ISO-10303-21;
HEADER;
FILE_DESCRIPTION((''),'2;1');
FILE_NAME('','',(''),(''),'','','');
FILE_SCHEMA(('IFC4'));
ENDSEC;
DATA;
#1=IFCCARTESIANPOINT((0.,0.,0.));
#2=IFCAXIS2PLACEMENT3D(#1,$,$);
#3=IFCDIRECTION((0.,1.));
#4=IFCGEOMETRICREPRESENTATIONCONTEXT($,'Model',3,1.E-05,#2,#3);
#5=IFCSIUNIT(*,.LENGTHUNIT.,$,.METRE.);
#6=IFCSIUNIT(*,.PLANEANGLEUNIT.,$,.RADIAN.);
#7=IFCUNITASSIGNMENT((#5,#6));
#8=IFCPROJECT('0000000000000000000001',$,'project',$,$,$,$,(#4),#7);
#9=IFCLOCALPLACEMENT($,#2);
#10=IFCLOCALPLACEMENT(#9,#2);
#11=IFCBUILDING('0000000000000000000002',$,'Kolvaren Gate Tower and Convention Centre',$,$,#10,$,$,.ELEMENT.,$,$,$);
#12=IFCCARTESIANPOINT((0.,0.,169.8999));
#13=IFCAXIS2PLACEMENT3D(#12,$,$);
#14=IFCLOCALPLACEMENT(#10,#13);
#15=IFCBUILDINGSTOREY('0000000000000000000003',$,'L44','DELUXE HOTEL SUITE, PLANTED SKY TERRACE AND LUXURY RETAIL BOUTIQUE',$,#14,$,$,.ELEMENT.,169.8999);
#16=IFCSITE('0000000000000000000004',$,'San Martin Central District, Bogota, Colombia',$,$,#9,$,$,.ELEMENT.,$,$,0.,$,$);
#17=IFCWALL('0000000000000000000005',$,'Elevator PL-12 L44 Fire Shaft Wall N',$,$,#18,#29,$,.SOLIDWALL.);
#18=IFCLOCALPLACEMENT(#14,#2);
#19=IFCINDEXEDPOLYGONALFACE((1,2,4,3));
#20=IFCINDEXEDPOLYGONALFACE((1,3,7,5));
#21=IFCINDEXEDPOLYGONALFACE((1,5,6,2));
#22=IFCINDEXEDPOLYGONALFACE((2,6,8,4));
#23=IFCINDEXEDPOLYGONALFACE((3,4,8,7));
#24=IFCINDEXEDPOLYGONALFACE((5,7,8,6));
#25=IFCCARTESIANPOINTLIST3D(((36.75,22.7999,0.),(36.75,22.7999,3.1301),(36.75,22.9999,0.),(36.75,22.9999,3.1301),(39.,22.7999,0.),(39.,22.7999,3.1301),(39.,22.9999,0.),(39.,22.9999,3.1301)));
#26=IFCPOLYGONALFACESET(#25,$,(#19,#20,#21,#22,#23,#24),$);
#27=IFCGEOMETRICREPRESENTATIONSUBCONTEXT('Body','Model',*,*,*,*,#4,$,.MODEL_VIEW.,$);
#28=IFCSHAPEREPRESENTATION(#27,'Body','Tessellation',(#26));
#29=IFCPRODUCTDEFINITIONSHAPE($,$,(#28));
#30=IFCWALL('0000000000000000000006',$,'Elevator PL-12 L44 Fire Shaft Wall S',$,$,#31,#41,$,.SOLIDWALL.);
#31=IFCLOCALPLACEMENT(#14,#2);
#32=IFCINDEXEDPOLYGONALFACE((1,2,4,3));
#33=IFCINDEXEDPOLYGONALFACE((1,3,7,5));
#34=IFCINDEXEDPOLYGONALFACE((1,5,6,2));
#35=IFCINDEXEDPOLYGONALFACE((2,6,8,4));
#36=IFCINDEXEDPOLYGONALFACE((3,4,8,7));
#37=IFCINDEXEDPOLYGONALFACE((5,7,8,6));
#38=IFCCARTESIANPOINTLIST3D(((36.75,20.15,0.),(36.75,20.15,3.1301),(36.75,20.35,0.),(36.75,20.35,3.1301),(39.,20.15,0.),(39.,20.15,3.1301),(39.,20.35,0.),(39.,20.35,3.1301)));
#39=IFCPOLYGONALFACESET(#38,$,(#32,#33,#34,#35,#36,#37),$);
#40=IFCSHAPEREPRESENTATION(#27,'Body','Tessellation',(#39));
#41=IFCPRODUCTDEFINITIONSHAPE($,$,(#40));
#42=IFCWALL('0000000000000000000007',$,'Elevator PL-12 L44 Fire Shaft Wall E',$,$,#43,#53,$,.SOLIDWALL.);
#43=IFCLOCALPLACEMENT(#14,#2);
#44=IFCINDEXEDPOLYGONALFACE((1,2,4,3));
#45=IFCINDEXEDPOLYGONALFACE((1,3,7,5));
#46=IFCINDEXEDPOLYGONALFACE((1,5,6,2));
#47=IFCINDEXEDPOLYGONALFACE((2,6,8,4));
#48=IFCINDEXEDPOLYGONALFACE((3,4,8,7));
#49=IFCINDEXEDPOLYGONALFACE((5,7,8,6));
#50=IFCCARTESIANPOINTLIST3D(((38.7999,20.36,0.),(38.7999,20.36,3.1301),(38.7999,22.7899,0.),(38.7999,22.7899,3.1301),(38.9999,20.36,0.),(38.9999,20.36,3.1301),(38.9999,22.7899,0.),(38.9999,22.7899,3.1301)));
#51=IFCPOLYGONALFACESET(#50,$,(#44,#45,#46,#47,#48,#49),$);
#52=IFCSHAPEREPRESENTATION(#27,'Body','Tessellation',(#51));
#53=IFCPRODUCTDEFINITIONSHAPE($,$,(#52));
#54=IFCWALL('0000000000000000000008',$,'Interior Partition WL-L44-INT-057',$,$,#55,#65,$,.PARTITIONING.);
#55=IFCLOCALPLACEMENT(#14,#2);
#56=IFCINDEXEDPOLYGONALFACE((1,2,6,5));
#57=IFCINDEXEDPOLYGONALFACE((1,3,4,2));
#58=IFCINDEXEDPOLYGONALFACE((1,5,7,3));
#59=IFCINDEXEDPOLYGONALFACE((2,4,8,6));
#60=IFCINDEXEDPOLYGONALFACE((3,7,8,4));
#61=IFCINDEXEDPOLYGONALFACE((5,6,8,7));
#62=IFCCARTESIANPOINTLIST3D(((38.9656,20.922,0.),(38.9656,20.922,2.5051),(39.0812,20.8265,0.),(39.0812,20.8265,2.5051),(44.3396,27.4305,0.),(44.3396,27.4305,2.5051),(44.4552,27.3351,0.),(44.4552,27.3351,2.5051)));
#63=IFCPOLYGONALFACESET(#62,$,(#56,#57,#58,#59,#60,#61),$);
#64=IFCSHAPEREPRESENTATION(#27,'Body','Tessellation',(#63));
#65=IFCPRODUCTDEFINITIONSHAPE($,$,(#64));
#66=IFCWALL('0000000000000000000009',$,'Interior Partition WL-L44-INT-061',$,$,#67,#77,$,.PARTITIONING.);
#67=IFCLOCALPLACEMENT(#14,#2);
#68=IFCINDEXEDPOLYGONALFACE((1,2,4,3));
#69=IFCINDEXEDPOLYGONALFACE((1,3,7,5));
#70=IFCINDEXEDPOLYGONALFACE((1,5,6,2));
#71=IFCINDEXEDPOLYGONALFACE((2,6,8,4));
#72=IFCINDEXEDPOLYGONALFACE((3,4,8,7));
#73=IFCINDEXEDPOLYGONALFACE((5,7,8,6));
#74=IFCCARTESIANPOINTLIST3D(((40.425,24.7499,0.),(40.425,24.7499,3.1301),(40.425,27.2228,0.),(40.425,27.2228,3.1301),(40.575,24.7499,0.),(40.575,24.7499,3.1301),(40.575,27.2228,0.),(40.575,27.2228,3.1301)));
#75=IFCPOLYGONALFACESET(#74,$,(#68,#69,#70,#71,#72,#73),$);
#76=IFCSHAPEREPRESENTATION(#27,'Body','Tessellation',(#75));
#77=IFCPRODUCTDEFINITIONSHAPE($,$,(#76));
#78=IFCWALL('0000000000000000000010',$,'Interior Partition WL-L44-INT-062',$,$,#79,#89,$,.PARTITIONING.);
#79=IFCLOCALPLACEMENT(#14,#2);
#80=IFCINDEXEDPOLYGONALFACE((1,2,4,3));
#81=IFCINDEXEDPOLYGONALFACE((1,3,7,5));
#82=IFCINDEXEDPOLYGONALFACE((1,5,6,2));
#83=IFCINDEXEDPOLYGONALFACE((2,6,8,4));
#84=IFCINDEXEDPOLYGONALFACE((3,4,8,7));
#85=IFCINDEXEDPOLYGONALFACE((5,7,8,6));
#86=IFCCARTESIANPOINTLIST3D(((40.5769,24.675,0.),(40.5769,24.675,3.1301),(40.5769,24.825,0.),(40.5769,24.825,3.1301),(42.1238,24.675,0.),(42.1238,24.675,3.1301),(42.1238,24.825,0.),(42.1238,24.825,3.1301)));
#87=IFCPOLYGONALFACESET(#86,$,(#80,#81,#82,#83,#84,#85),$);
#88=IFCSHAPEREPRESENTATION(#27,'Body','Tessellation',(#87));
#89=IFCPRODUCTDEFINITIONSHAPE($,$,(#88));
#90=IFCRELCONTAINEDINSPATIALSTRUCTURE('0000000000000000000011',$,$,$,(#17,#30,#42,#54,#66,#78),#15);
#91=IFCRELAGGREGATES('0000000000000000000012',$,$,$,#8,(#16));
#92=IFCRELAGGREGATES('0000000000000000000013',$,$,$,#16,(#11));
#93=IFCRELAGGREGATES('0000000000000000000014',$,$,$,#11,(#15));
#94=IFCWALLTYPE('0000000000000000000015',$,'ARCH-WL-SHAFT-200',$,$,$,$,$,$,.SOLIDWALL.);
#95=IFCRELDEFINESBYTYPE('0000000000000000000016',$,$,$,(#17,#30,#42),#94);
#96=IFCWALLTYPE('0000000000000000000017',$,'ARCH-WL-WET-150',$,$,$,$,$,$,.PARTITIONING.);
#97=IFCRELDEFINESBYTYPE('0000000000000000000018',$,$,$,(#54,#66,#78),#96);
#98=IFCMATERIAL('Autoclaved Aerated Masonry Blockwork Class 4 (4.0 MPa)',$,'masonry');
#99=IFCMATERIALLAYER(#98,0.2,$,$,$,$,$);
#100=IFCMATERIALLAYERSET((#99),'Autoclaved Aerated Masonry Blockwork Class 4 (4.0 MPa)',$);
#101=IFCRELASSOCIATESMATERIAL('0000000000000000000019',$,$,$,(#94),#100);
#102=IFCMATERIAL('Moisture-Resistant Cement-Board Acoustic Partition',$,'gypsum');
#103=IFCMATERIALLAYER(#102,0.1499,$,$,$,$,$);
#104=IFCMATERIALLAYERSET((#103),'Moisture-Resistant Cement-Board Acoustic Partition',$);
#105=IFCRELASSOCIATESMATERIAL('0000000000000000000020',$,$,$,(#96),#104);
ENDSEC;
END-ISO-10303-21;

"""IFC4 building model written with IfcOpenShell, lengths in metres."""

from ifc_helpers import new_model, si_unit, direction, frame, frame_2d, origin, place, context, subcontext, project, spatial, rectangle, extrude, material, layer, layer_set, type_object, element, save


model = new_model("IFC4")

# Units and contexts
model_context = context("Model", 3, precision=1e-05, world=origin(), true_north=direction((0.0, 1.0)))
body_context = subcontext(model_context, "Body", "Model", "MODEL_VIEW")
ifc_project = project(units=[si_unit("LENGTHUNIT", "METRE"), si_unit("PLANEANGLEUNIT", "RADIAN")], contexts=[model_context])

# Site, building, storey
site_placement = place(None, origin())
site = spatial("IfcSite", under=ifc_project, at=site_placement, Name="San Martin Central District, Bogota, Colombia", CompositionType="ELEMENT", RefElevation=0.0)
building_placement = place(site_placement, origin())
building = spatial("IfcBuilding", under=site, at=building_placement, Name="Kolvaren Gate Tower and Convention Centre", CompositionType="ELEMENT")
storey_placement = place(building_placement, frame((0.0, 0.0, 169.8999)))
storey = spatial("IfcBuildingStorey", under=building, at=storey_placement, Name="L44", Description="DELUXE HOTEL SUITE, PLANTED SKY TERRACE AND LUXURY RETAIL BOUTIQUE", CompositionType="ELEMENT", Elevation=169.8999)

# Shared definitions
ifc_material_1 = material(Name="Autoclaved Aerated Masonry Blockwork Class 4 (4.0 MPa)", Category="masonry")
ifc_layer_1 = layer(ifc_material_1, 0.2)
ifc_layer_set_1 = layer_set([ifc_layer_1], Name="Autoclaved Aerated Masonry Blockwork Class 4 (4.0 MPa)")
wall_type_1 = type_object("IfcWallType", Name="ARCH-WL-SHAFT-200", PredefinedType="SOLIDWALL", material=ifc_layer_set_1)

# Walls
for number, where, z_axis, x_axis, name in (
    (1, (36.75, 22.8999, 0.0), (0.0, 0.0, 1.0), (1.0, 0.0, 0.0), "Elevator PL-12 L44 Fire Shaft Wall N"),
    (2, (36.75, 20.25, 0.0), (0.0, 0.0, 1.0), (1.0, 0.0, 0.0), "Elevator PL-12 L44 Fire Shaft Wall S"),
):
    element("IfcWall", number, at=place(storey_placement, frame(where, z_axis=z_axis, x_axis=x_axis)), inside=storey, type_object=wall_type_1, Name=name, PredefinedType="SOLIDWALL", context=body_context, shape_type="SweptSolid", body=[
        extrude(rectangle(XDim=2.25, YDim=0.2, at=frame_2d((1.125, 0.0))), origin(), (0.0, 0.0, 1.0), 3.1301),
    ])
wall_1_placement = place(storey_placement, frame((38.8999, 20.3601, 0.0), z_axis=(0.0, 0.0, 1.0), x_axis=(0.0, 1.0, 0.0)))
element("IfcWall", 3, at=wall_1_placement, inside=storey, type_object=wall_type_1, Name="Elevator PL-12 L44 Fire Shaft Wall E", PredefinedType="SOLIDWALL", context=body_context, shape_type="SweptSolid", body=[
    extrude(rectangle(XDim=2.4299, YDim=0.2, at=frame_2d((1.2148, 0.0))), origin(), (0.0, 0.0, 1.0), 3.1301),
])
ifc_material_2 = material(Name="Moisture-Resistant Cement-Board Acoustic Partition", Category="gypsum")
ifc_layer_2 = layer(ifc_material_2, 0.1499)
ifc_layer_set_2 = layer_set([ifc_layer_2], Name="Moisture-Resistant Cement-Board Acoustic Partition")
wall_type_2 = type_object("IfcWallType", Name="ARCH-WL-WET-150", PredefinedType="PARTITIONING", material=ifc_layer_set_2)
wall_2_placement = place(storey_placement, frame((39.0234, 20.8743, 0.0), z_axis=(0.0, 0.0, 1.0), x_axis=(0.636698, 0.771113, 0.0)))
element("IfcWall", 4, at=wall_2_placement, inside=storey, type_object=wall_type_2, Name="Interior Partition WL-L44-INT-057", PredefinedType="PARTITIONING", context=body_context, shape_type="SweptSolid", body=[
    extrude(rectangle(XDim=8.4404, YDim=0.1499, at=frame_2d((4.2202, 0.0))), origin(), (0.0, 0.0, 1.0), 2.5051),
])
wall_3_placement = place(storey_placement, frame((40.5, 24.75, 0.0), z_axis=(0.0, 0.0, 1.0), x_axis=(0.0, 1.0, 0.0)))
element("IfcWall", 5, at=wall_3_placement, inside=storey, type_object=wall_type_2, Name="Interior Partition WL-L44-INT-061", PredefinedType="PARTITIONING", context=body_context, shape_type="SweptSolid", body=[
    extrude(rectangle(XDim=2.4729, YDim=0.1499, at=frame_2d((1.2363, 0.0))), origin(), (0.0, 0.0, 1.0), 3.1301),
])
wall_4_placement = place(storey_placement, frame((40.5769, 24.75, 0.0), z_axis=(0.0, 0.0, 1.0), x_axis=(1.0, 0.0, 0.0)))
element("IfcWall", 6, at=wall_4_placement, inside=storey, type_object=wall_type_2, Name="Interior Partition WL-L44-INT-062", PredefinedType="PARTITIONING", context=body_context, shape_type="SweptSolid", body=[
    extrude(rectangle(XDim=1.5469, YDim=0.1499, at=frame_2d((0.7734, 0.0))), origin(), (0.0, 0.0, 1.0), 3.1301),
])

save(model, "model.ifc")
